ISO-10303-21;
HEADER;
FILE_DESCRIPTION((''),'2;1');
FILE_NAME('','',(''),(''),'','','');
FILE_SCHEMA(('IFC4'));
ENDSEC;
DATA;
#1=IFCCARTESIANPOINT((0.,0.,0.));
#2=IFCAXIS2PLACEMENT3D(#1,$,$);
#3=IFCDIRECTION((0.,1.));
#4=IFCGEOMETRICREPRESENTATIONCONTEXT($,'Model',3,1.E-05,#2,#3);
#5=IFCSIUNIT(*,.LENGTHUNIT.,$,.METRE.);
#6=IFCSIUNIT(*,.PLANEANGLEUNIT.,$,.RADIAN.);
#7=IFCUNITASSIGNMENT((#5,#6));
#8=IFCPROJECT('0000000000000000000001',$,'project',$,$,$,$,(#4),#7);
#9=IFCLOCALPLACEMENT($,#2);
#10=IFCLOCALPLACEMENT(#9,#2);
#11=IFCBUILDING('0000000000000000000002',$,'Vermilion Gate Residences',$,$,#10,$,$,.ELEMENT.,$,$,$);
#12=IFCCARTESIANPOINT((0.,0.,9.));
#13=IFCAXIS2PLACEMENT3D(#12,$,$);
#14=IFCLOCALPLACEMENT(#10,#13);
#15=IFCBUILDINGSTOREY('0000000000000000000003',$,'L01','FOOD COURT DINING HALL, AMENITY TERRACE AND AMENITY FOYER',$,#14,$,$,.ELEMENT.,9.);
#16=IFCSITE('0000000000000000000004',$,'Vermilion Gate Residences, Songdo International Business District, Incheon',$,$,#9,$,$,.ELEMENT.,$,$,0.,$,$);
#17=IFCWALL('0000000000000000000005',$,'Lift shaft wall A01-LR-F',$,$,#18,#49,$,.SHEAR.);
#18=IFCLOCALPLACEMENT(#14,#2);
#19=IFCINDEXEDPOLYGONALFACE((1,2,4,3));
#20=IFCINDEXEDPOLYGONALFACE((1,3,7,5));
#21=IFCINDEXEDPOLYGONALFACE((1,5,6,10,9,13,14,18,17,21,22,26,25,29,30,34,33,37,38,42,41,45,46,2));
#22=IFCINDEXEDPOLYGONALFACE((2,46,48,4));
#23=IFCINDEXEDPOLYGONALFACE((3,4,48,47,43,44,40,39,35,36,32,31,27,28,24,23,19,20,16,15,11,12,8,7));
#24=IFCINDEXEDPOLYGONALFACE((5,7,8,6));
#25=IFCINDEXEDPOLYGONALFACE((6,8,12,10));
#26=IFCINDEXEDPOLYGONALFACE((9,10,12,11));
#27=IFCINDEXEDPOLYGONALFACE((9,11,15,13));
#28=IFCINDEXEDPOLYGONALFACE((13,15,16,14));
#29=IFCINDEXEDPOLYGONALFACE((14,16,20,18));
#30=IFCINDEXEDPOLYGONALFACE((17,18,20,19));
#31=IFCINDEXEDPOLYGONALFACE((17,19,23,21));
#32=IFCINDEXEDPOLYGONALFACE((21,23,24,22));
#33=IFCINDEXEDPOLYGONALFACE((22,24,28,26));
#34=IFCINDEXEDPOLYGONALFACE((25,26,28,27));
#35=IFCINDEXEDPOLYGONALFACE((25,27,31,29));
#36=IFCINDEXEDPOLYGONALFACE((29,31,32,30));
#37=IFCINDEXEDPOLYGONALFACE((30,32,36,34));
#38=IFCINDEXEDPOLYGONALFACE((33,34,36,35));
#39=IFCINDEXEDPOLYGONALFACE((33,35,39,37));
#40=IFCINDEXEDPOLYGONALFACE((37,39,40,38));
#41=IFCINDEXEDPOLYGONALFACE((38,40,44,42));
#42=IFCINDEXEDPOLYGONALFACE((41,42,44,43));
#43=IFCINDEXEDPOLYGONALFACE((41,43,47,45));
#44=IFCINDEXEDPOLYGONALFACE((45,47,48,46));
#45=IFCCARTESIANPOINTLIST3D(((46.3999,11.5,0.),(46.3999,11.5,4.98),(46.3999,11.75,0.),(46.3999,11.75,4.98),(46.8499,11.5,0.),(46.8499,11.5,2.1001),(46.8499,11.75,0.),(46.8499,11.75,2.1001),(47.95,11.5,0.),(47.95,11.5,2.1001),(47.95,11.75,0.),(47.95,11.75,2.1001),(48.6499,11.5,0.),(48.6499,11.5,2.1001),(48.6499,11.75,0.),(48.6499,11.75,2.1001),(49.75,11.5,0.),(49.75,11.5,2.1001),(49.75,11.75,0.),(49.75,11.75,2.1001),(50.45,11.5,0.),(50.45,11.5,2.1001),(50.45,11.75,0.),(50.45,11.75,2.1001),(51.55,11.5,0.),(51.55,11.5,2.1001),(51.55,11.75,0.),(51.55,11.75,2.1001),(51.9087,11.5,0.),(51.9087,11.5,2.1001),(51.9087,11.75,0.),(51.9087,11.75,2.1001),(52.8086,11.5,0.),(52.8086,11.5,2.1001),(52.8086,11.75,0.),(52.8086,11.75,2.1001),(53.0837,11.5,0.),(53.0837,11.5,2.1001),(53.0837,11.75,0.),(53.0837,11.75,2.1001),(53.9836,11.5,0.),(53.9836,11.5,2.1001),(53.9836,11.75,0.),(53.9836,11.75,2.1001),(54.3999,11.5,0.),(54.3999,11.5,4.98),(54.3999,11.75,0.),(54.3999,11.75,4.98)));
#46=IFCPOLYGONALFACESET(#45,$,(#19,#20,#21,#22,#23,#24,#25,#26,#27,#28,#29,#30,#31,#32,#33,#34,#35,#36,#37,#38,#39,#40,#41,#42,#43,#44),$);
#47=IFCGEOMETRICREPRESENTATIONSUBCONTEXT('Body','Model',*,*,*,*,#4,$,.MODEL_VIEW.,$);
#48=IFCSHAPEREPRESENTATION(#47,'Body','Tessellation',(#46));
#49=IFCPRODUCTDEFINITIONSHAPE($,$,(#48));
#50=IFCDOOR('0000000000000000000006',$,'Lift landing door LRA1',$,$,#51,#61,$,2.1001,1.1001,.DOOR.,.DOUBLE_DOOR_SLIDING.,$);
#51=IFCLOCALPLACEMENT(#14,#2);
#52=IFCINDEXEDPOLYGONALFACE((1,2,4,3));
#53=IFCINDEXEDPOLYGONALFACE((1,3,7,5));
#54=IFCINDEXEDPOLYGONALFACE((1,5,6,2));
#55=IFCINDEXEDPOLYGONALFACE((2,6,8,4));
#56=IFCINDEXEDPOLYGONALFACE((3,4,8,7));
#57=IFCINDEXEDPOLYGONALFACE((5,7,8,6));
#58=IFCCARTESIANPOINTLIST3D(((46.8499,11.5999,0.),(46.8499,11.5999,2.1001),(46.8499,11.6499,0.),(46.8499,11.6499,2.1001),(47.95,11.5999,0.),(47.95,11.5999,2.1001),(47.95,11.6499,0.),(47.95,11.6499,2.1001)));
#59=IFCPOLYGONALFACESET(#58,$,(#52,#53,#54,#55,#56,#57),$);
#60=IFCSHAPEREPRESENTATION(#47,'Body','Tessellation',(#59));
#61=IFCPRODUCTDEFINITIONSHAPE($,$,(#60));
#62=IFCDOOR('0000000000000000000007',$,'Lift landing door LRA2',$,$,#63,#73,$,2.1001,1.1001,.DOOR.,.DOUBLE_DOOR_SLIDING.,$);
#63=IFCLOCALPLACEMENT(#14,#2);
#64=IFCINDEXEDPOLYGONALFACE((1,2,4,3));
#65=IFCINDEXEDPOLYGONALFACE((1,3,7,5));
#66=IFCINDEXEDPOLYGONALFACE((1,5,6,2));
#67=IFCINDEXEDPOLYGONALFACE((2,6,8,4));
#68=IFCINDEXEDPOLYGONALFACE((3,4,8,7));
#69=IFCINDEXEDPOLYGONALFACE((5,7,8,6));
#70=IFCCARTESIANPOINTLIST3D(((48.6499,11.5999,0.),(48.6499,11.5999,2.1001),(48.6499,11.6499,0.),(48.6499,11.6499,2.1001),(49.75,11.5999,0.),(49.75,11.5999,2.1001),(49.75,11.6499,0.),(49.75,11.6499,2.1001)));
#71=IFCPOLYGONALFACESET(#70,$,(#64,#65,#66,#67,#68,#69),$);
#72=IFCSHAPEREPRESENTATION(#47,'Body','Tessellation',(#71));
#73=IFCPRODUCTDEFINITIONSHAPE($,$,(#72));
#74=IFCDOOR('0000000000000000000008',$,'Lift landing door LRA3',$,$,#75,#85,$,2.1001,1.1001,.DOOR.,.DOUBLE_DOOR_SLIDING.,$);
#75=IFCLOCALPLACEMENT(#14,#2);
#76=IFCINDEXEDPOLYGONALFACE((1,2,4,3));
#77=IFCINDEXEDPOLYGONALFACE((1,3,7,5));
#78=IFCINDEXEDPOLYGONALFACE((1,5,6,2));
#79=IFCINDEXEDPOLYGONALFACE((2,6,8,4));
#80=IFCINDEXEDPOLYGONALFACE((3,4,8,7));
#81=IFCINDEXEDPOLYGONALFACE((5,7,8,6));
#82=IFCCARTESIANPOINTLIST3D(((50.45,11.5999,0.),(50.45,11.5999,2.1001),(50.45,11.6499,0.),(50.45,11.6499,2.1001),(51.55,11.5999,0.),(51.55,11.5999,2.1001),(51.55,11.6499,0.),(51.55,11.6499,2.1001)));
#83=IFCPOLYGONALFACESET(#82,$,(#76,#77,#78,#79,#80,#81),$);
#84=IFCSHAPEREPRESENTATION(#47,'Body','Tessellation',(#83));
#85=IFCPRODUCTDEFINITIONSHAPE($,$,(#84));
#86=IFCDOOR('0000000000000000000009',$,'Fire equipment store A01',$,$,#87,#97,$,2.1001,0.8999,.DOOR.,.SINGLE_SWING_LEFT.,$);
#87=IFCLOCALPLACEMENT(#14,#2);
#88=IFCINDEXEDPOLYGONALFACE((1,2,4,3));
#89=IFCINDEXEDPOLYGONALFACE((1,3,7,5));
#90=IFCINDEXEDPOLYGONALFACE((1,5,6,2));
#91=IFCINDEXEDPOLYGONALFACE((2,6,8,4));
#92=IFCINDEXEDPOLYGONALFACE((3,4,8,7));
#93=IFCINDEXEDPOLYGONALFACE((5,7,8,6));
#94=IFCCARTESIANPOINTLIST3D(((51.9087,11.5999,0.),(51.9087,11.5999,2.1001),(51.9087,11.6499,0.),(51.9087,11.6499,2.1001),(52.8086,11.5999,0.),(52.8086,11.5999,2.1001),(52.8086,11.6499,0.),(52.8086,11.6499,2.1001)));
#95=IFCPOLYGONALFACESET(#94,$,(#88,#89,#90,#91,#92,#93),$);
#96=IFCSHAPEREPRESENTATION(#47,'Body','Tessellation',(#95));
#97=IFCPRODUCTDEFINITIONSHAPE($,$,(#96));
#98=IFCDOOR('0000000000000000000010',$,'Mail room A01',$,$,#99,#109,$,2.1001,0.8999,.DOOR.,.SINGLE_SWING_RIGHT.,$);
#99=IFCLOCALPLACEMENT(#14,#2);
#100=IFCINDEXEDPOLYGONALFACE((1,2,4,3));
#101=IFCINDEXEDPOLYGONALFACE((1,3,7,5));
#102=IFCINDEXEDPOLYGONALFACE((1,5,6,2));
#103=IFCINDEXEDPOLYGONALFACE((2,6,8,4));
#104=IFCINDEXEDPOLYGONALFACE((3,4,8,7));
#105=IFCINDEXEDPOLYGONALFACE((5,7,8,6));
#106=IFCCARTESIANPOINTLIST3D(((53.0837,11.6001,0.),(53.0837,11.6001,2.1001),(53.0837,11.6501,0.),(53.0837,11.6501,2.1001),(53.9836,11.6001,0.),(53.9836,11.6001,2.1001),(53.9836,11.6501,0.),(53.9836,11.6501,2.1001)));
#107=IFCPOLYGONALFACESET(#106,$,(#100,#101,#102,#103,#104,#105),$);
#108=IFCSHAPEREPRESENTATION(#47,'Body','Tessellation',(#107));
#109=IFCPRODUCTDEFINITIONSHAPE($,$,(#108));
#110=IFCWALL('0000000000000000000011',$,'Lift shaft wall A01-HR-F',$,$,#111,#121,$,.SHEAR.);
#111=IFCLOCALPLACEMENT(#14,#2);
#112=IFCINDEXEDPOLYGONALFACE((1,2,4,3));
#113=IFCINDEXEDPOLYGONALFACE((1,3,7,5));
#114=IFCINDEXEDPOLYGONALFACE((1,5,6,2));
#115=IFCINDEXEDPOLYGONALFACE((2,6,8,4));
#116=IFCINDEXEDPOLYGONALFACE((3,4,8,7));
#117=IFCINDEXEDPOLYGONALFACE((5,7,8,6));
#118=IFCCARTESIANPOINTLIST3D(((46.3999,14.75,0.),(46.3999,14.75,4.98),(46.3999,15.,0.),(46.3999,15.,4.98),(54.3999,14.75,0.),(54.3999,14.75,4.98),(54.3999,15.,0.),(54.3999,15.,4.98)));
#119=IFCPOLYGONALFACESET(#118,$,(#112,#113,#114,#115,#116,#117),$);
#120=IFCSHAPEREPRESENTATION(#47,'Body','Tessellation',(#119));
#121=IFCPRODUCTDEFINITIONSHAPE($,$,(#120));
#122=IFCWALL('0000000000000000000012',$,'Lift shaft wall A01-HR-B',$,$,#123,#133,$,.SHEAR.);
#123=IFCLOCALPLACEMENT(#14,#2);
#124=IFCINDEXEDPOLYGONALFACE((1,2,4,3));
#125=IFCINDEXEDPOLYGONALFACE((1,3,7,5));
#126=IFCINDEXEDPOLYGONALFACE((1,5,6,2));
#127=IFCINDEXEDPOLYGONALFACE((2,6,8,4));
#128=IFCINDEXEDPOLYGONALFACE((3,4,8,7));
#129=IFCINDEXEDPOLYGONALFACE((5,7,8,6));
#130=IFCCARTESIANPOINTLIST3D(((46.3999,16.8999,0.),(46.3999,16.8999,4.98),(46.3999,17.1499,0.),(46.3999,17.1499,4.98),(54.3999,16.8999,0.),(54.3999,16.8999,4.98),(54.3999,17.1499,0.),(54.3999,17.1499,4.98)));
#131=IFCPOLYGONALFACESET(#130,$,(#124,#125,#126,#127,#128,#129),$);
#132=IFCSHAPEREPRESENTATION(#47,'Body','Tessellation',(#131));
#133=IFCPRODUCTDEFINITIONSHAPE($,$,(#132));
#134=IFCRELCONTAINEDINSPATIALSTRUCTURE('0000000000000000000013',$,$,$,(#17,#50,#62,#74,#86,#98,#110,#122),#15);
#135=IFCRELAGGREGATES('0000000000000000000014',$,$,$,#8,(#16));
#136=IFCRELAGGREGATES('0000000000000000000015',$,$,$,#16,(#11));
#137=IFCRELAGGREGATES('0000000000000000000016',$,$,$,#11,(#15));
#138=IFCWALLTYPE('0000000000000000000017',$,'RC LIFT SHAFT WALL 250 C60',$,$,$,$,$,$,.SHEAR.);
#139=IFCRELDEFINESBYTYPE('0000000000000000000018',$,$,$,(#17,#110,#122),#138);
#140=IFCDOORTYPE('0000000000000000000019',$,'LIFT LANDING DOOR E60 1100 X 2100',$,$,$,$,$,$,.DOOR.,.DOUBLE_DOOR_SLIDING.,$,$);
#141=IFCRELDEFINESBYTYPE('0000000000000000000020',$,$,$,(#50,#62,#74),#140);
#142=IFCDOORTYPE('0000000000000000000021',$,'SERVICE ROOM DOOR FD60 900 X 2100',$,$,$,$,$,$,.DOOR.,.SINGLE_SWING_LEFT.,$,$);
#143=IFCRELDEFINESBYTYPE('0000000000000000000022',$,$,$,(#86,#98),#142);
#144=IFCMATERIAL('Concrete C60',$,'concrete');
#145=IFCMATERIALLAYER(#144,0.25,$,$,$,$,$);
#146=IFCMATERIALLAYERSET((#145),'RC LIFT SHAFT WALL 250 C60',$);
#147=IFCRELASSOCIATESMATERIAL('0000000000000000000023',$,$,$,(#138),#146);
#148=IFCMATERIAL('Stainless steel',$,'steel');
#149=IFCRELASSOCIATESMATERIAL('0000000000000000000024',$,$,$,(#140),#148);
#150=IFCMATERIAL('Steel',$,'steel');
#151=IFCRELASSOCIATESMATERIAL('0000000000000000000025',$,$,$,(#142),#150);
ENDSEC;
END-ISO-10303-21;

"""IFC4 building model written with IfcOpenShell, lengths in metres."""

from ifc_helpers import new_model, si_unit, direction, frame, frame_2d, origin, place, context, subcontext, project, spatial, rectangle, extrude, material, layer, layer_set, type_object, element, fill, save


model = new_model("IFC4")

# Units and contexts
model_context = context("Model", 3, precision=1e-05, world=origin(), true_north=direction((0.0, 1.0)))
body_context = subcontext(model_context, "Body", "Model", "MODEL_VIEW")
ifc_project = project(units=[si_unit("LENGTHUNIT", "METRE"), si_unit("PLANEANGLEUNIT", "RADIAN")], contexts=[model_context])

# Site, building, storey
site_placement = place(None, origin())
site = spatial("IfcSite", under=ifc_project, at=site_placement, Name="Vermilion Gate Residences, Songdo International Business District, Incheon", CompositionType="ELEMENT", RefElevation=0.0)
building_placement = place(site_placement, origin())
building = spatial("IfcBuilding", under=site, at=building_placement, Name="Vermilion Gate Residences", CompositionType="ELEMENT")
storey_placement = place(building_placement, frame((0.0, 0.0, 9.0)))
storey = spatial("IfcBuildingStorey", under=building, at=storey_placement, Name="L01", Description="FOOD COURT DINING HALL, AMENITY TERRACE AND AMENITY FOYER", CompositionType="ELEMENT", Elevation=9.0)

# Wall, openings, doors
ifc_material_1 = material(Name="Concrete C60", Category="concrete")
ifc_layer_1 = layer(ifc_material_1, 0.25)
ifc_layer_set_1 = layer_set([ifc_layer_1], Name="RC LIFT SHAFT WALL 250 C60")
wall_type_1 = type_object("IfcWallType", Name="RC LIFT SHAFT WALL 250 C60", PredefinedType="SHEAR", material=ifc_layer_set_1)
wall_1_placement = place(storey_placement, frame((46.3999, 11.625, 0.0), z_axis=(0.0, 0.0, 1.0), x_axis=(1.0, 0.0, 0.0)))
wall_1 = element("IfcWall", 1, at=wall_1_placement, inside=storey, type_object=wall_type_1, Name="Lift shaft wall A01-LR-F", PredefinedType="SHEAR", context=body_context, shape_type="SweptSolid", body=[
    extrude(rectangle(XDim=8.0, YDim=0.25, at=frame_2d((4.0, 0.0))), origin(), (0.0, 0.0, 1.0), 4.98),
])
opening_1_placement = place(wall_1_placement, frame((0.45, 0.0, 0.0)))
opening_1 = element("IfcOpeningElement", 2, at=opening_1_placement, cuts=wall_1, PredefinedType="OPENING", context=body_context, shape_type="SweptSolid", body=[
    extrude(rectangle(XDim=1.1001, YDim=2.1001, at=frame_2d((0.55, 1.05))), frame((0.0, 0.135, 0.0), z_axis=(0.0, -1.0, 0.0), x_axis=(1.0, 0.0, 0.0)), (0.0, 0.0, 1.0), 0.27),
])
opening_2_placement = place(wall_1_placement, frame((2.25, 0.0, 0.0)))
opening_2 = element("IfcOpeningElement", 3, at=opening_2_placement, cuts=wall_1, PredefinedType="OPENING", context=body_context, shape_type="SweptSolid", body=[
    extrude(rectangle(XDim=1.1001, YDim=2.1001, at=frame_2d((0.55, 1.05))), frame((0.0, 0.135, 0.0), z_axis=(0.0, -1.0, 0.0), x_axis=(1.0, 0.0, 0.0)), (0.0, 0.0, 1.0), 0.27),
])
opening_3_placement = place(wall_1_placement, frame((4.05, 0.0, 0.0)))
opening_3 = element("IfcOpeningElement", 4, at=opening_3_placement, cuts=wall_1, PredefinedType="OPENING", context=body_context, shape_type="SweptSolid", body=[
    extrude(rectangle(XDim=1.1001, YDim=2.1001, at=frame_2d((0.55, 1.05))), frame((0.0, 0.135, 0.0), z_axis=(0.0, -1.0, 0.0), x_axis=(1.0, 0.0, 0.0)), (0.0, 0.0, 1.0), 0.27),
])
opening_4_placement = place(wall_1_placement, frame((5.5088, 0.0, 0.0)))
opening_4 = element("IfcOpeningElement", 5, at=opening_4_placement, cuts=wall_1, PredefinedType="OPENING", context=body_context, shape_type="SweptSolid", body=[
    extrude(rectangle(XDim=0.8999, YDim=2.1001, at=frame_2d((0.45, 1.05))), frame((0.0, 0.135, 0.0), z_axis=(0.0, -1.0, 0.0), x_axis=(1.0, 0.0, 0.0)), (0.0, 0.0, 1.0), 0.27),
])
opening_5_placement = place(wall_1_placement, frame((6.6838, 0.0, 0.0)))
opening_5 = element("IfcOpeningElement", 6, at=opening_5_placement, cuts=wall_1, PredefinedType="OPENING", context=body_context, shape_type="SweptSolid", body=[
    extrude(rectangle(XDim=0.8999, YDim=2.1001, at=frame_2d((0.45, 1.05))), frame((0.0, 0.135, 0.0), z_axis=(0.0, -1.0, 0.0), x_axis=(1.0, 0.0, 0.0)), (0.0, 0.0, 1.0), 0.27),
])
ifc_material_2 = material(Name="Stainless steel", Category="steel")
door_type_1 = type_object("IfcDoorType", Name="LIFT LANDING DOOR E60 1100 X 2100", OperationType="DOUBLE_DOOR_SLIDING", PredefinedType="DOOR", material=ifc_material_2)
door_1_placement = place(opening_1_placement, origin())
door_1 = element("IfcDoor", 7, at=door_1_placement, inside=storey, type_object=door_type_1, Name="Lift landing door LRA1", OperationType="DOUBLE_DOOR_SLIDING", OverallHeight=2.1001, OverallWidth=1.1001, PredefinedType="DOOR", context=body_context, shape_type="SweptSolid", body=[
    extrude(rectangle(XDim=1.1001, YDim=2.1001, at=frame_2d((0.55, 1.05))), frame((0.0, 0.0249, 0.0), z_axis=(0.0, -1.0, 0.0), x_axis=(1.0, 0.0, 0.0)), (0.0, 0.0, 1.0), 0.05),
])
fill(opening_1, door_1)
door_2_placement = place(opening_2_placement, origin())
door_2 = element("IfcDoor", 8, at=door_2_placement, inside=storey, type_object=door_type_1, Name="Lift landing door LRA2", OperationType="DOUBLE_DOOR_SLIDING", OverallHeight=2.1001, OverallWidth=1.1001, PredefinedType="DOOR", context=body_context, shape_type="SweptSolid", body=[
    extrude(rectangle(XDim=1.1001, YDim=2.1001, at=frame_2d((0.55, 1.05))), frame((0.0, 0.0249, 0.0), z_axis=(0.0, -1.0, 0.0), x_axis=(1.0, 0.0, 0.0)), (0.0, 0.0, 1.0), 0.05),
])
fill(opening_2, door_2)
door_3_placement = place(opening_3_placement, origin())
door_3 = element("IfcDoor", 9, at=door_3_placement, inside=storey, type_object=door_type_1, Name="Lift landing door LRA3", OperationType="DOUBLE_DOOR_SLIDING", OverallHeight=2.1001, OverallWidth=1.1001, PredefinedType="DOOR", context=body_context, shape_type="SweptSolid", body=[
    extrude(rectangle(XDim=1.1001, YDim=2.1001, at=frame_2d((0.55, 1.05))), frame((0.0, 0.0249, 0.0), z_axis=(0.0, -1.0, 0.0), x_axis=(1.0, 0.0, 0.0)), (0.0, 0.0, 1.0), 0.05),
])
fill(opening_3, door_3)
ifc_material_3 = material(Name="Steel", Category="steel")
door_type_2 = type_object("IfcDoorType", Name="SERVICE ROOM DOOR FD60 900 X 2100", OperationType="SINGLE_SWING_LEFT", PredefinedType="DOOR", material=ifc_material_3)
door_4_placement = place(opening_4_placement, origin())
door_4 = element("IfcDoor", 10, at=door_4_placement, inside=storey, type_object=door_type_2, Name="Fire equipment store A01", OperationType="SINGLE_SWING_LEFT", OverallHeight=2.1001, OverallWidth=0.8999, PredefinedType="DOOR", context=body_context, shape_type="SweptSolid", body=[
    extrude(rectangle(XDim=0.8999, YDim=2.1001, at=frame_2d((0.45, 1.05))), frame((0.0, 0.0249, 0.0), z_axis=(0.0, -1.0, 0.0), x_axis=(1.0, 0.0, 0.0)), (0.0, 0.0, 1.0), 0.05),
])
fill(opening_4, door_4)
door_5_placement = place(opening_5_placement, frame((0.8999, 0.0, 0.0), z_axis=(0.0, 0.0, 1.0), x_axis=(-1.0, 0.0, 0.0)))
door_5 = element("IfcDoor", 11, at=door_5_placement, inside=storey, type_object=door_type_2, Name="Mail room A01", OperationType="SINGLE_SWING_RIGHT", OverallHeight=2.1001, OverallWidth=0.8999, PredefinedType="DOOR", context=body_context, shape_type="SweptSolid", body=[
    extrude(rectangle(XDim=0.8999, YDim=2.1001, at=frame_2d((0.45, 1.05))), frame((0.0, 0.0249, 0.0), z_axis=(0.0, -1.0, 0.0), x_axis=(1.0, 0.0, 0.0)), (0.0, 0.0, 1.0), 0.05),
])
fill(opening_5, door_5)

# Walls
for number, where, z_axis, x_axis, name in (
    (12, (46.3999, 14.875, 0.0), (0.0, 0.0, 1.0), (1.0, 0.0, 0.0), "Lift shaft wall A01-HR-F"),
    (13, (46.3999, 17.0249, 0.0), (0.0, 0.0, 1.0), (1.0, 0.0, 0.0), "Lift shaft wall A01-HR-B"),
):
    element("IfcWall", number, at=place(storey_placement, frame(where, z_axis=z_axis, x_axis=x_axis)), inside=storey, type_object=wall_type_1, Name=name, PredefinedType="SHEAR", context=body_context, shape_type="SweptSolid", body=[
        extrude(rectangle(XDim=8.0, YDim=0.25, at=frame_2d((4.0, 0.0))), origin(), (0.0, 0.0, 1.0), 4.98),
    ])

save(model, "model.ifc")
